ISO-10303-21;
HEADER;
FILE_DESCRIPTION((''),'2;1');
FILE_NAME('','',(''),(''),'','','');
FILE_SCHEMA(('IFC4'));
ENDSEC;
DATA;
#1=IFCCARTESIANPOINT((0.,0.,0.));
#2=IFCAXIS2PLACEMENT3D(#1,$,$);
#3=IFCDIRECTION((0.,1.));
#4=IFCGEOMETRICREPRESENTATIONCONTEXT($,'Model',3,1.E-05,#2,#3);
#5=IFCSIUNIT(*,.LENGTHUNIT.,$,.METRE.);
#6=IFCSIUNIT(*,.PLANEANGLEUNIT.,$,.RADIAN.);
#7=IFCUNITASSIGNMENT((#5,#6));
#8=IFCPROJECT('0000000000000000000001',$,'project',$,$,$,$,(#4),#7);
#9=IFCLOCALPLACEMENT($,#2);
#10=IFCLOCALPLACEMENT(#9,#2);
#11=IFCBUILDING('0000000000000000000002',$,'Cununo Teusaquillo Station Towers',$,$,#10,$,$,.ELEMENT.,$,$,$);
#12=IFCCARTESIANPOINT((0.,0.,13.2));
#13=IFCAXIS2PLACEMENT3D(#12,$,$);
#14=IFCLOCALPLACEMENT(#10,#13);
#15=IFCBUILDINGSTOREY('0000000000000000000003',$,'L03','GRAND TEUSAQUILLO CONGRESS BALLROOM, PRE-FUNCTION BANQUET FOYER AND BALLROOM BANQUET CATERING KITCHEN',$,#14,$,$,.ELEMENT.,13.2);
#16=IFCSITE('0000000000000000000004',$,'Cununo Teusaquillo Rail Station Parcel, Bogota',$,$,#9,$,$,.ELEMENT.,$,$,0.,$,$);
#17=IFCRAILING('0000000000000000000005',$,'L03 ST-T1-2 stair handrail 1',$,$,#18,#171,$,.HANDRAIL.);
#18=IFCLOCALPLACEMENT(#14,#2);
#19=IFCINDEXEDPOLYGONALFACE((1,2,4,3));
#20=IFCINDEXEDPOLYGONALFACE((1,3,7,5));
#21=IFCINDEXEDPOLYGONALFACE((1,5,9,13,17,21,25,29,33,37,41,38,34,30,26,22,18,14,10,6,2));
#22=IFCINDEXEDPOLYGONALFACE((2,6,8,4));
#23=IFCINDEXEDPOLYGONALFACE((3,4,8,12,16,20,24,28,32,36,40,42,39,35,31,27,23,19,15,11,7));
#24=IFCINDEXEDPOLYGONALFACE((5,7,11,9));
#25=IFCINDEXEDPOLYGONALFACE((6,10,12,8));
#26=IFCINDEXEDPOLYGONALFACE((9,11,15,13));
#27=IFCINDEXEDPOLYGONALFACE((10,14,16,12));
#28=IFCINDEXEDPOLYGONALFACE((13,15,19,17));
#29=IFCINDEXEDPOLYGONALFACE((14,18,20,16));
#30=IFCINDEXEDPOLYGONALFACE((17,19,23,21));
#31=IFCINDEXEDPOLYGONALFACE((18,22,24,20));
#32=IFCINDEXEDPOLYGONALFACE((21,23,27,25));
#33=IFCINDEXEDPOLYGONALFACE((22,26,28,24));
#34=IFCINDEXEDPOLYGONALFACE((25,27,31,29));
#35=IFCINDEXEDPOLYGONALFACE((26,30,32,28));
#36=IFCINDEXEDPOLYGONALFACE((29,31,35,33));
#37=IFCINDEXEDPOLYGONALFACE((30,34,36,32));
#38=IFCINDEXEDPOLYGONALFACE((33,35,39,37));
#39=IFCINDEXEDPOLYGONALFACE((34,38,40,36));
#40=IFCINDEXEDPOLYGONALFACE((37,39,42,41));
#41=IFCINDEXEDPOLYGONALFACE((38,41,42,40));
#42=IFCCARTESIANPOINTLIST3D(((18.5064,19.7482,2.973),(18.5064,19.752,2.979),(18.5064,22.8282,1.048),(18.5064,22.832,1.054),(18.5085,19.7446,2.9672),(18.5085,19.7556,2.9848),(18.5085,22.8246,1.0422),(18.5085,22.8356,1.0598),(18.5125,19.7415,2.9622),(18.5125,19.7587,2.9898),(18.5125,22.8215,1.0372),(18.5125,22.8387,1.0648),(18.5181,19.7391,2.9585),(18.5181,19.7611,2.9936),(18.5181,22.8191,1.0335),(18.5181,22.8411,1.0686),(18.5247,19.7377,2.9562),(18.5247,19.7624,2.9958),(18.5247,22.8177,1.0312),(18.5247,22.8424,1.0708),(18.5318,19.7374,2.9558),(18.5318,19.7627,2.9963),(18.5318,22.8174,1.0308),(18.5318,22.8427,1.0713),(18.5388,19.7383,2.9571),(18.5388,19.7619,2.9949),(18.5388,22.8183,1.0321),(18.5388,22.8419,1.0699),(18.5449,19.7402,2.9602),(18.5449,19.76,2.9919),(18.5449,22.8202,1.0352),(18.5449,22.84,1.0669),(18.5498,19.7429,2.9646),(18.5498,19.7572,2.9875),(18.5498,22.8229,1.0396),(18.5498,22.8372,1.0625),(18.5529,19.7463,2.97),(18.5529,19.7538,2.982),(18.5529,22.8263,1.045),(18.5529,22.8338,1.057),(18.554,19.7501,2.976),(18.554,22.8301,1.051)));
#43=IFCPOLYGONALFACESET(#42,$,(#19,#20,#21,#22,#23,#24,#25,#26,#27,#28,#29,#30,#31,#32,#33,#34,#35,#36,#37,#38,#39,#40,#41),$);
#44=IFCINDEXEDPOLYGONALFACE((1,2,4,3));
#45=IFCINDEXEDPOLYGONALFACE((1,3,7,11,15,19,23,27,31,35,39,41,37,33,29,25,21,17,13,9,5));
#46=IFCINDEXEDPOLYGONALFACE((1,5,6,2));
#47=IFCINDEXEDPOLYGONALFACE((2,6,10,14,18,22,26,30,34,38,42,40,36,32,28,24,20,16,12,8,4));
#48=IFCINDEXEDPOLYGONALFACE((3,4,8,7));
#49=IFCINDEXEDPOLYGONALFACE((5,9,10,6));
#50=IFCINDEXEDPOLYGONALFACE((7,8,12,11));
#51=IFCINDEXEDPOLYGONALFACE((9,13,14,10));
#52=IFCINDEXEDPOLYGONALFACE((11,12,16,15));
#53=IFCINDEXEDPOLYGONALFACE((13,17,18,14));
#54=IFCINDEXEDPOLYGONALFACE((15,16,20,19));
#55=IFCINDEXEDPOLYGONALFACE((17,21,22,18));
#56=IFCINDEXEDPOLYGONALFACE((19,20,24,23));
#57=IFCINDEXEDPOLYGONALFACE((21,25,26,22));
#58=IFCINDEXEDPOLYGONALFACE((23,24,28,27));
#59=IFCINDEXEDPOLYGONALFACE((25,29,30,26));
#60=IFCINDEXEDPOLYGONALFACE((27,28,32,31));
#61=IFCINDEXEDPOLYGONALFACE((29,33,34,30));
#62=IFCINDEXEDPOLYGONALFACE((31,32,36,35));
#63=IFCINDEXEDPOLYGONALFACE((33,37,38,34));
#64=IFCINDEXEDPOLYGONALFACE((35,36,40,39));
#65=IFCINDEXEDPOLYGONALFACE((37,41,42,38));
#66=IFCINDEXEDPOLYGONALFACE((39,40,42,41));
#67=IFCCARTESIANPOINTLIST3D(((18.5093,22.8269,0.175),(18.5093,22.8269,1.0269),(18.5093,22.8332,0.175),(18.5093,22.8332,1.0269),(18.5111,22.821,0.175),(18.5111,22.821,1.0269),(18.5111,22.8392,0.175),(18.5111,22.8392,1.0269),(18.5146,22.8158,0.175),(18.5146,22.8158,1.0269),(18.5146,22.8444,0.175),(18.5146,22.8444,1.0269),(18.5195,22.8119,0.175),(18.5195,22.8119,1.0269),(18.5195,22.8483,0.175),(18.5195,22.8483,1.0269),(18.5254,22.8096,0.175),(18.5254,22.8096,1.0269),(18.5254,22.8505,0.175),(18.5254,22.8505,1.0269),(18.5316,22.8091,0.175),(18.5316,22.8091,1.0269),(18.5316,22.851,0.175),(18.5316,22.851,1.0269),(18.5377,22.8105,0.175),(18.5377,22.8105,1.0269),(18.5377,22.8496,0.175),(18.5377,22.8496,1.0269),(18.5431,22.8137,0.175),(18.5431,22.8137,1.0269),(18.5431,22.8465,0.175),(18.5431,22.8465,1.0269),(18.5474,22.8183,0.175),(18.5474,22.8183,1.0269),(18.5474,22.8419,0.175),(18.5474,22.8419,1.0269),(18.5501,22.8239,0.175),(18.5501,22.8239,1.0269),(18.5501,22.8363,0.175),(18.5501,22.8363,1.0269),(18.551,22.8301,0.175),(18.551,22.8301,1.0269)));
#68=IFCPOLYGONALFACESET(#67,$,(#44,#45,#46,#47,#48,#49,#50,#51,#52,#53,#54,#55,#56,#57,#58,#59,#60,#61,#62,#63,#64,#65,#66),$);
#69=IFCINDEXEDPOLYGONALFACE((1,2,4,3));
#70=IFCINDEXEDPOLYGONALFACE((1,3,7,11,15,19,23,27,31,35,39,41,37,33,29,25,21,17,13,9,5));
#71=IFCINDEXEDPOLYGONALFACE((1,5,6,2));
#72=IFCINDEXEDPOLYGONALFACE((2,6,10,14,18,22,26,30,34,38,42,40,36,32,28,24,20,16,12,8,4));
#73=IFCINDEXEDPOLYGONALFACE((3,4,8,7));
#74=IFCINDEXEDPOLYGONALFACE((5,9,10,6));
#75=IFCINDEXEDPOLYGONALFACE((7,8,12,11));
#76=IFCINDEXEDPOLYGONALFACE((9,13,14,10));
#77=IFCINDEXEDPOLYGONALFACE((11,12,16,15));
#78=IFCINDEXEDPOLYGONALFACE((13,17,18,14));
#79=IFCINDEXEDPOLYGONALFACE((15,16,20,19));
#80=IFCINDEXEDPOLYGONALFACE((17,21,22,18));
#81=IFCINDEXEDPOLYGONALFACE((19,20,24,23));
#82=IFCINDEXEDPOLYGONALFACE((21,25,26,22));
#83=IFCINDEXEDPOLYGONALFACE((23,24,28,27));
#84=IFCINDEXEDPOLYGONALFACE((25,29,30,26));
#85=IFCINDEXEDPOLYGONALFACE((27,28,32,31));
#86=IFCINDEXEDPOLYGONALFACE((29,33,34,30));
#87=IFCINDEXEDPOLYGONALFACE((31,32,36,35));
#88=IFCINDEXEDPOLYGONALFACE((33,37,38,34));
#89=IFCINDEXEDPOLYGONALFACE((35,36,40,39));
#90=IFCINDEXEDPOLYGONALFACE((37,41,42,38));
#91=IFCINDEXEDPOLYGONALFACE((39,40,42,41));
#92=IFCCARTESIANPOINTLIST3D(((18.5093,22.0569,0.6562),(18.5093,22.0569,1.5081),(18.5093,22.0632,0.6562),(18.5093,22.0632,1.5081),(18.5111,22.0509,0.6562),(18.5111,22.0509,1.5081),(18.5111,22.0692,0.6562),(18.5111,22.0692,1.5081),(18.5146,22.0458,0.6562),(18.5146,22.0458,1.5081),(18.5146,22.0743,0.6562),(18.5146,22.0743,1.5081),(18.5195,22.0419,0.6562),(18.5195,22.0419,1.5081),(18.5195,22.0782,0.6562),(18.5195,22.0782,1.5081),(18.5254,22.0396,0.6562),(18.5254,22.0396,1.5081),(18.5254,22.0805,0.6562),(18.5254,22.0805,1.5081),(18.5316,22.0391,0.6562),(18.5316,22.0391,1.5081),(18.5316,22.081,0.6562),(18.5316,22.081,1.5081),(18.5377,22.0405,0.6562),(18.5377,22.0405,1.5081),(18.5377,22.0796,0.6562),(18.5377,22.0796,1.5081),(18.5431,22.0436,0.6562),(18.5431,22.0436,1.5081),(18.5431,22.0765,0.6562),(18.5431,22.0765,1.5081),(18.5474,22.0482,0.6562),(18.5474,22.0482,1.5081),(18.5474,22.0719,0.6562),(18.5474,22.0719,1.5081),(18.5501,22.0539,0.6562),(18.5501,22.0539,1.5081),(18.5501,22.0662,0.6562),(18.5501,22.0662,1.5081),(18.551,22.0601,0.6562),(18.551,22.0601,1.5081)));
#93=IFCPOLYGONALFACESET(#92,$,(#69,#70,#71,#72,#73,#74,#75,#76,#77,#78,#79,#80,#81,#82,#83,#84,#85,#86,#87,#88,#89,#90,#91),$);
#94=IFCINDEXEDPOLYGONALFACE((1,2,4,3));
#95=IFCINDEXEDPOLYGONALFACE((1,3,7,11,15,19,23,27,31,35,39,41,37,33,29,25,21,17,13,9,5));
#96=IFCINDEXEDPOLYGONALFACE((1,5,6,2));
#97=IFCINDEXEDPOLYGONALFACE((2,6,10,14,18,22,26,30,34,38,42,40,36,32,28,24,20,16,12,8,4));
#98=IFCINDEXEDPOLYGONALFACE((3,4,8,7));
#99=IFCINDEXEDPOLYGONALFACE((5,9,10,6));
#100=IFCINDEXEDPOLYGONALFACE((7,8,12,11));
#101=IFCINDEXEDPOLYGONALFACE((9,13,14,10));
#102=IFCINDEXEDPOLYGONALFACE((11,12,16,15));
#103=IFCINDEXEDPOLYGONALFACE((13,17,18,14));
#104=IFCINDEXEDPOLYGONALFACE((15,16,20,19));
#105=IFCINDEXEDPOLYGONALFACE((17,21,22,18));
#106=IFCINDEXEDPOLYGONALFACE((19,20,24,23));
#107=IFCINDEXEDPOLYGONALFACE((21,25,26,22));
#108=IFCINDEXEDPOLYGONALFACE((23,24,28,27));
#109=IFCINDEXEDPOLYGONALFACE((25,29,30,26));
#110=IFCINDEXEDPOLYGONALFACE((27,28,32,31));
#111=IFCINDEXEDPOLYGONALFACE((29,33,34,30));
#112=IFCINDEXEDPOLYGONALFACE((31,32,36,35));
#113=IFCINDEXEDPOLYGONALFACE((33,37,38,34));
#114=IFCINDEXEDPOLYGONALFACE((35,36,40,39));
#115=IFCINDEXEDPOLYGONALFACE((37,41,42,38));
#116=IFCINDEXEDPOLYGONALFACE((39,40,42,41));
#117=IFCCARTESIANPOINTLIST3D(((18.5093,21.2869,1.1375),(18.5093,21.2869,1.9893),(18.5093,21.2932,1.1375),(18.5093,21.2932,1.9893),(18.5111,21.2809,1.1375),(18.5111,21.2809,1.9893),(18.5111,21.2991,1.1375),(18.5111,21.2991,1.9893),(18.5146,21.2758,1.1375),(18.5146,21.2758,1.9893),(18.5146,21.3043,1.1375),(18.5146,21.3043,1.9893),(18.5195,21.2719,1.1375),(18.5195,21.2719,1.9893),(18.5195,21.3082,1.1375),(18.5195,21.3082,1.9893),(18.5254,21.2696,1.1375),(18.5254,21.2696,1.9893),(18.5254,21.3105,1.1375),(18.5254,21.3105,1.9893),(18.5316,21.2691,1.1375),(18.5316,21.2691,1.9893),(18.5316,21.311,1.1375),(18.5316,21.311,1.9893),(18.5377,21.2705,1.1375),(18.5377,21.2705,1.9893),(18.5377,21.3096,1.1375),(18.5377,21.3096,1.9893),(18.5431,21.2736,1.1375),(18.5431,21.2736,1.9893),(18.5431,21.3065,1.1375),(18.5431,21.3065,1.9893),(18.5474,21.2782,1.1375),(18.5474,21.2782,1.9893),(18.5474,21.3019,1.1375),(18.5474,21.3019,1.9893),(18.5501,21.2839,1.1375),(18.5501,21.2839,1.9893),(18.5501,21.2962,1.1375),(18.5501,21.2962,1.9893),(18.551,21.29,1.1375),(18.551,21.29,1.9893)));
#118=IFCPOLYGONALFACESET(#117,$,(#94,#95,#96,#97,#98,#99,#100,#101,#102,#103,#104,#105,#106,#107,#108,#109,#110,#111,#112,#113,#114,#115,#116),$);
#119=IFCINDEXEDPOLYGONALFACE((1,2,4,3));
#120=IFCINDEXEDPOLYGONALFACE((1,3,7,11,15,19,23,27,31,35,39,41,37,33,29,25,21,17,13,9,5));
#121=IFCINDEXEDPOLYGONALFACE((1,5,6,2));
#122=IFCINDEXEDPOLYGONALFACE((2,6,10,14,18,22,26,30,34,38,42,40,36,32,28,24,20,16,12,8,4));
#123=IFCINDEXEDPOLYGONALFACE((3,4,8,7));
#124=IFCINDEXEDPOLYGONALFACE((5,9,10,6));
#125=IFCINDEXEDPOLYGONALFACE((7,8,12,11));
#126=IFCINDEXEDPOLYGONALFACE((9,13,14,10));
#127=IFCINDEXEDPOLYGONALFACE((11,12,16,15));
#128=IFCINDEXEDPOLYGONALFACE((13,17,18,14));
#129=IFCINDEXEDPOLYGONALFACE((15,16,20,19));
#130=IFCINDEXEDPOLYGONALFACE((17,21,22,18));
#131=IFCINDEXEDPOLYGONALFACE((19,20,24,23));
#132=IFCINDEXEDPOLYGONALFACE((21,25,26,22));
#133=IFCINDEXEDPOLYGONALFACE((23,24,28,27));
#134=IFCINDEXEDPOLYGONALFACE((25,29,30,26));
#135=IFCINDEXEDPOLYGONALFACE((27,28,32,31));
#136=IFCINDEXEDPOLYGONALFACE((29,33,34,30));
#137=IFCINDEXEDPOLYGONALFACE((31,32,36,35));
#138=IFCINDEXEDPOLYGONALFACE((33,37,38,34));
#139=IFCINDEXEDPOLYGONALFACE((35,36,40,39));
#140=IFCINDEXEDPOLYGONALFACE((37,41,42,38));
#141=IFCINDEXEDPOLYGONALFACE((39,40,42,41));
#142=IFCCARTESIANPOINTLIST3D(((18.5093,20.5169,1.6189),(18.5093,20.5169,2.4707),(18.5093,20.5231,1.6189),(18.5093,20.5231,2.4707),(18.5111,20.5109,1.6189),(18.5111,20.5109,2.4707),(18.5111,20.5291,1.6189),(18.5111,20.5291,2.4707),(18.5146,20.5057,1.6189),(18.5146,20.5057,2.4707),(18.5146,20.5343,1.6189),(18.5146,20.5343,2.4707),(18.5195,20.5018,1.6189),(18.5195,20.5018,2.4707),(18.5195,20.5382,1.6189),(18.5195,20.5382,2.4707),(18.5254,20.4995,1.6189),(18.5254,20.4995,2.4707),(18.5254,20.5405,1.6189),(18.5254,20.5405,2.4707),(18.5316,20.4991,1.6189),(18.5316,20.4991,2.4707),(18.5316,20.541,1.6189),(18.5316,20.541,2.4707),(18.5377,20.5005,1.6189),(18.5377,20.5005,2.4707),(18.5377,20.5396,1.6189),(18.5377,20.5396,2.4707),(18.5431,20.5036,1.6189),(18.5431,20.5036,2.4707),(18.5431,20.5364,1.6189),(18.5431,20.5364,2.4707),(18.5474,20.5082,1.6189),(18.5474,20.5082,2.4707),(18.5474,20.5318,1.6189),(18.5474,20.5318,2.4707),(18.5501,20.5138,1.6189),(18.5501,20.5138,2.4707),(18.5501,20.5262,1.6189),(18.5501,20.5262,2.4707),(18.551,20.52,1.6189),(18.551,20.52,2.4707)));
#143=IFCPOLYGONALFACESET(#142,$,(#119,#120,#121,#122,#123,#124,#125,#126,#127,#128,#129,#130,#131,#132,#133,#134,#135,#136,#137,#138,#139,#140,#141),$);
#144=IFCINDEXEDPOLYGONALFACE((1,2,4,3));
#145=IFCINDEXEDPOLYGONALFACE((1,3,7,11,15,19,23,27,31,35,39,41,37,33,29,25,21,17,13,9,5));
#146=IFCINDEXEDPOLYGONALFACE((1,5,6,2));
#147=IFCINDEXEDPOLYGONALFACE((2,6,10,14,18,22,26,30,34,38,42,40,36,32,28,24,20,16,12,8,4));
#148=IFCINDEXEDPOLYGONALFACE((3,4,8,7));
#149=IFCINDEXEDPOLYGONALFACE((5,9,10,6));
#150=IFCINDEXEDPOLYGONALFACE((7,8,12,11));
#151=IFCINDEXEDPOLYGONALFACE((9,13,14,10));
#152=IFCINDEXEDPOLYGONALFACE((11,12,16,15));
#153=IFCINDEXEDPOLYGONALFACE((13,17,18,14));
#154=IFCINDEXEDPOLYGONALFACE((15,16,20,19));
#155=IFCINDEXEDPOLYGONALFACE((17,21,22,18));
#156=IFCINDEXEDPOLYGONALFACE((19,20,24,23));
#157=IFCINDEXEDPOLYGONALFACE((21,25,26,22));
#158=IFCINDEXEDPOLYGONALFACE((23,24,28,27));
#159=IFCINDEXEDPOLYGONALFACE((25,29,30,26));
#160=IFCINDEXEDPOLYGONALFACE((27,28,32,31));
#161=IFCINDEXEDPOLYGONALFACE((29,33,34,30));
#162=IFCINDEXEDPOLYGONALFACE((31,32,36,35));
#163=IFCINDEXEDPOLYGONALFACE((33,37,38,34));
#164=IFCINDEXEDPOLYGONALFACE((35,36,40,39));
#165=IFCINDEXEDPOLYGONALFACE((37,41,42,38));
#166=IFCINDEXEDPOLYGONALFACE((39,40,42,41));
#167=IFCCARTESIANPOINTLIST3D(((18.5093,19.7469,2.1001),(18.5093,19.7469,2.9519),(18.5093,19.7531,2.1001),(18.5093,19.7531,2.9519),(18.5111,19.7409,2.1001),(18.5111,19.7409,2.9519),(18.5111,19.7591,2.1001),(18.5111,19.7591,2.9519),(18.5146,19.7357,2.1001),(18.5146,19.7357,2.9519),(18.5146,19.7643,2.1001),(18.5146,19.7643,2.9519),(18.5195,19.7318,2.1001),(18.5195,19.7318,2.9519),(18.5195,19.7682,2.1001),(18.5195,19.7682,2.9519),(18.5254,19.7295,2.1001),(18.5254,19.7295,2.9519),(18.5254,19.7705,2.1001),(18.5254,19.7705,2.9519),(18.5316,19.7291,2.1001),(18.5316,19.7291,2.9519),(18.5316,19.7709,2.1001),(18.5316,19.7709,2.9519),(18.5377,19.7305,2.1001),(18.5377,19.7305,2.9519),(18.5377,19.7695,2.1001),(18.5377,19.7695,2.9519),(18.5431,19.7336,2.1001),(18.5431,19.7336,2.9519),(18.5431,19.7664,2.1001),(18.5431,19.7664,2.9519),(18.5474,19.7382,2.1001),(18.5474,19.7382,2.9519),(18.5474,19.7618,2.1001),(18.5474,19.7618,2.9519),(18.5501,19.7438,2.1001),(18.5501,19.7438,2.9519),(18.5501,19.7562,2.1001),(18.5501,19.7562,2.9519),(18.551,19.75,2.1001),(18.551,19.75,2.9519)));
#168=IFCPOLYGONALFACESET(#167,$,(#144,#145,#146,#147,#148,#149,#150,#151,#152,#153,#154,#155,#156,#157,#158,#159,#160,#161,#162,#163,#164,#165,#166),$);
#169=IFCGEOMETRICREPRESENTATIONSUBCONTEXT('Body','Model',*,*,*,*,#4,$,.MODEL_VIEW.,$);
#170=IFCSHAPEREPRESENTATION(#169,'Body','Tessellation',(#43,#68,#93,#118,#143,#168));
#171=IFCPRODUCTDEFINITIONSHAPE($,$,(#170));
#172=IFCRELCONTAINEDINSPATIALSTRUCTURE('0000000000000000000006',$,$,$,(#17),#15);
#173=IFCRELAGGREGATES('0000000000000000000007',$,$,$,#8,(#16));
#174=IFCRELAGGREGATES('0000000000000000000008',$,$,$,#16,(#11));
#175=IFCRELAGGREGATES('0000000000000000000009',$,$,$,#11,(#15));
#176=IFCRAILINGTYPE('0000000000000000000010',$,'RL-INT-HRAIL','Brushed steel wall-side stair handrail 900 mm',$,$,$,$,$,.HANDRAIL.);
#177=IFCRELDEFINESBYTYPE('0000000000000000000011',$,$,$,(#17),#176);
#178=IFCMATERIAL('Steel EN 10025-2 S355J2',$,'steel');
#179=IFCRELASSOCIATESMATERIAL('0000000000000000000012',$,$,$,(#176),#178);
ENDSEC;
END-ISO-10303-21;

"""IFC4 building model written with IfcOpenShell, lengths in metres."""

from ifc_helpers import new_model, si_unit, direction, frame, origin, origin_2d, place, context, subcontext, project, spatial, circle, extrude, material, type_object, element, save


model = new_model("IFC4")

# Units and contexts
model_context = context("Model", 3, precision=1e-05, world=origin(), true_north=direction((0.0, 1.0)))
body_context = subcontext(model_context, "Body", "Model", "MODEL_VIEW")
ifc_project = project(units=[si_unit("LENGTHUNIT", "METRE"), si_unit("PLANEANGLEUNIT", "RADIAN")], contexts=[model_context])

# Site, building, storey
site_placement = place(None, origin())
site = spatial("IfcSite", under=ifc_project, at=site_placement, Name="Cununo Teusaquillo Rail Station Parcel, Bogota", CompositionType="ELEMENT", RefElevation=0.0)
building_placement = place(site_placement, origin())
building = spatial("IfcBuilding", under=site, at=building_placement, Name="Cununo Teusaquillo Station Towers", CompositionType="ELEMENT")
storey_placement = place(building_placement, frame((0.0, 0.0, 13.2)))
storey = spatial("IfcBuildingStorey", under=building, at=storey_placement, Name="L03", Description="GRAND TEUSAQUILLO CONGRESS BALLROOM, PRE-FUNCTION BANQUET FOYER AND BALLROOM BANQUET CATERING KITCHEN", CompositionType="ELEMENT", Elevation=13.2)

# Railing
ifc_material_1 = material(Name="Steel EN 10025-2 S355J2", Category="steel")
railing_type_1 = type_object("IfcRailingType", Name="RL-INT-HRAIL", Description="Brushed steel wall-side stair handrail 900 mm", PredefinedType="HANDRAIL", material=ifc_material_1)
railing_1_placement = place(storey_placement, frame((18.53, 22.8301, 0.175)))
element("IfcRailing", 1, at=railing_1_placement, inside=storey, type_object=railing_type_1, Name="L03 ST-T1-2 stair handrail 1", PredefinedType="HANDRAIL", context=body_context, shape_type="SweptSolid", body=[
    extrude(circle(Radius=0.0239, at=origin_2d()), frame((0.0, 0.0, 0.876), z_axis=(0.0, -0.847998, 0.529999), x_axis=(1.0, 0.0, 0.0)), (0.0, 0.0, 1.0), 3.6321),
    extrude(circle(Radius=0.021, at=origin_2d()), origin(), (0.0, 0.0, 1.0), 0.8518),
    extrude(circle(Radius=0.021, at=origin_2d()), frame((0.0, -0.77, 0.4812)), (0.0, 0.0, 1.0), 0.8518),
    extrude(circle(Radius=0.021, at=origin_2d()), frame((0.0, -1.54, 0.9624)), (0.0, 0.0, 1.0), 0.8518),
    extrude(circle(Radius=0.021, at=origin_2d()), frame((0.0, -2.3101, 1.4438)), (0.0, 0.0, 1.0), 0.8518),
    extrude(circle(Radius=0.021, at=origin_2d()), frame((0.0, -3.0801, 1.925)), (0.0, 0.0, 1.0), 0.8518),
])

save(model, "model.ifc")
